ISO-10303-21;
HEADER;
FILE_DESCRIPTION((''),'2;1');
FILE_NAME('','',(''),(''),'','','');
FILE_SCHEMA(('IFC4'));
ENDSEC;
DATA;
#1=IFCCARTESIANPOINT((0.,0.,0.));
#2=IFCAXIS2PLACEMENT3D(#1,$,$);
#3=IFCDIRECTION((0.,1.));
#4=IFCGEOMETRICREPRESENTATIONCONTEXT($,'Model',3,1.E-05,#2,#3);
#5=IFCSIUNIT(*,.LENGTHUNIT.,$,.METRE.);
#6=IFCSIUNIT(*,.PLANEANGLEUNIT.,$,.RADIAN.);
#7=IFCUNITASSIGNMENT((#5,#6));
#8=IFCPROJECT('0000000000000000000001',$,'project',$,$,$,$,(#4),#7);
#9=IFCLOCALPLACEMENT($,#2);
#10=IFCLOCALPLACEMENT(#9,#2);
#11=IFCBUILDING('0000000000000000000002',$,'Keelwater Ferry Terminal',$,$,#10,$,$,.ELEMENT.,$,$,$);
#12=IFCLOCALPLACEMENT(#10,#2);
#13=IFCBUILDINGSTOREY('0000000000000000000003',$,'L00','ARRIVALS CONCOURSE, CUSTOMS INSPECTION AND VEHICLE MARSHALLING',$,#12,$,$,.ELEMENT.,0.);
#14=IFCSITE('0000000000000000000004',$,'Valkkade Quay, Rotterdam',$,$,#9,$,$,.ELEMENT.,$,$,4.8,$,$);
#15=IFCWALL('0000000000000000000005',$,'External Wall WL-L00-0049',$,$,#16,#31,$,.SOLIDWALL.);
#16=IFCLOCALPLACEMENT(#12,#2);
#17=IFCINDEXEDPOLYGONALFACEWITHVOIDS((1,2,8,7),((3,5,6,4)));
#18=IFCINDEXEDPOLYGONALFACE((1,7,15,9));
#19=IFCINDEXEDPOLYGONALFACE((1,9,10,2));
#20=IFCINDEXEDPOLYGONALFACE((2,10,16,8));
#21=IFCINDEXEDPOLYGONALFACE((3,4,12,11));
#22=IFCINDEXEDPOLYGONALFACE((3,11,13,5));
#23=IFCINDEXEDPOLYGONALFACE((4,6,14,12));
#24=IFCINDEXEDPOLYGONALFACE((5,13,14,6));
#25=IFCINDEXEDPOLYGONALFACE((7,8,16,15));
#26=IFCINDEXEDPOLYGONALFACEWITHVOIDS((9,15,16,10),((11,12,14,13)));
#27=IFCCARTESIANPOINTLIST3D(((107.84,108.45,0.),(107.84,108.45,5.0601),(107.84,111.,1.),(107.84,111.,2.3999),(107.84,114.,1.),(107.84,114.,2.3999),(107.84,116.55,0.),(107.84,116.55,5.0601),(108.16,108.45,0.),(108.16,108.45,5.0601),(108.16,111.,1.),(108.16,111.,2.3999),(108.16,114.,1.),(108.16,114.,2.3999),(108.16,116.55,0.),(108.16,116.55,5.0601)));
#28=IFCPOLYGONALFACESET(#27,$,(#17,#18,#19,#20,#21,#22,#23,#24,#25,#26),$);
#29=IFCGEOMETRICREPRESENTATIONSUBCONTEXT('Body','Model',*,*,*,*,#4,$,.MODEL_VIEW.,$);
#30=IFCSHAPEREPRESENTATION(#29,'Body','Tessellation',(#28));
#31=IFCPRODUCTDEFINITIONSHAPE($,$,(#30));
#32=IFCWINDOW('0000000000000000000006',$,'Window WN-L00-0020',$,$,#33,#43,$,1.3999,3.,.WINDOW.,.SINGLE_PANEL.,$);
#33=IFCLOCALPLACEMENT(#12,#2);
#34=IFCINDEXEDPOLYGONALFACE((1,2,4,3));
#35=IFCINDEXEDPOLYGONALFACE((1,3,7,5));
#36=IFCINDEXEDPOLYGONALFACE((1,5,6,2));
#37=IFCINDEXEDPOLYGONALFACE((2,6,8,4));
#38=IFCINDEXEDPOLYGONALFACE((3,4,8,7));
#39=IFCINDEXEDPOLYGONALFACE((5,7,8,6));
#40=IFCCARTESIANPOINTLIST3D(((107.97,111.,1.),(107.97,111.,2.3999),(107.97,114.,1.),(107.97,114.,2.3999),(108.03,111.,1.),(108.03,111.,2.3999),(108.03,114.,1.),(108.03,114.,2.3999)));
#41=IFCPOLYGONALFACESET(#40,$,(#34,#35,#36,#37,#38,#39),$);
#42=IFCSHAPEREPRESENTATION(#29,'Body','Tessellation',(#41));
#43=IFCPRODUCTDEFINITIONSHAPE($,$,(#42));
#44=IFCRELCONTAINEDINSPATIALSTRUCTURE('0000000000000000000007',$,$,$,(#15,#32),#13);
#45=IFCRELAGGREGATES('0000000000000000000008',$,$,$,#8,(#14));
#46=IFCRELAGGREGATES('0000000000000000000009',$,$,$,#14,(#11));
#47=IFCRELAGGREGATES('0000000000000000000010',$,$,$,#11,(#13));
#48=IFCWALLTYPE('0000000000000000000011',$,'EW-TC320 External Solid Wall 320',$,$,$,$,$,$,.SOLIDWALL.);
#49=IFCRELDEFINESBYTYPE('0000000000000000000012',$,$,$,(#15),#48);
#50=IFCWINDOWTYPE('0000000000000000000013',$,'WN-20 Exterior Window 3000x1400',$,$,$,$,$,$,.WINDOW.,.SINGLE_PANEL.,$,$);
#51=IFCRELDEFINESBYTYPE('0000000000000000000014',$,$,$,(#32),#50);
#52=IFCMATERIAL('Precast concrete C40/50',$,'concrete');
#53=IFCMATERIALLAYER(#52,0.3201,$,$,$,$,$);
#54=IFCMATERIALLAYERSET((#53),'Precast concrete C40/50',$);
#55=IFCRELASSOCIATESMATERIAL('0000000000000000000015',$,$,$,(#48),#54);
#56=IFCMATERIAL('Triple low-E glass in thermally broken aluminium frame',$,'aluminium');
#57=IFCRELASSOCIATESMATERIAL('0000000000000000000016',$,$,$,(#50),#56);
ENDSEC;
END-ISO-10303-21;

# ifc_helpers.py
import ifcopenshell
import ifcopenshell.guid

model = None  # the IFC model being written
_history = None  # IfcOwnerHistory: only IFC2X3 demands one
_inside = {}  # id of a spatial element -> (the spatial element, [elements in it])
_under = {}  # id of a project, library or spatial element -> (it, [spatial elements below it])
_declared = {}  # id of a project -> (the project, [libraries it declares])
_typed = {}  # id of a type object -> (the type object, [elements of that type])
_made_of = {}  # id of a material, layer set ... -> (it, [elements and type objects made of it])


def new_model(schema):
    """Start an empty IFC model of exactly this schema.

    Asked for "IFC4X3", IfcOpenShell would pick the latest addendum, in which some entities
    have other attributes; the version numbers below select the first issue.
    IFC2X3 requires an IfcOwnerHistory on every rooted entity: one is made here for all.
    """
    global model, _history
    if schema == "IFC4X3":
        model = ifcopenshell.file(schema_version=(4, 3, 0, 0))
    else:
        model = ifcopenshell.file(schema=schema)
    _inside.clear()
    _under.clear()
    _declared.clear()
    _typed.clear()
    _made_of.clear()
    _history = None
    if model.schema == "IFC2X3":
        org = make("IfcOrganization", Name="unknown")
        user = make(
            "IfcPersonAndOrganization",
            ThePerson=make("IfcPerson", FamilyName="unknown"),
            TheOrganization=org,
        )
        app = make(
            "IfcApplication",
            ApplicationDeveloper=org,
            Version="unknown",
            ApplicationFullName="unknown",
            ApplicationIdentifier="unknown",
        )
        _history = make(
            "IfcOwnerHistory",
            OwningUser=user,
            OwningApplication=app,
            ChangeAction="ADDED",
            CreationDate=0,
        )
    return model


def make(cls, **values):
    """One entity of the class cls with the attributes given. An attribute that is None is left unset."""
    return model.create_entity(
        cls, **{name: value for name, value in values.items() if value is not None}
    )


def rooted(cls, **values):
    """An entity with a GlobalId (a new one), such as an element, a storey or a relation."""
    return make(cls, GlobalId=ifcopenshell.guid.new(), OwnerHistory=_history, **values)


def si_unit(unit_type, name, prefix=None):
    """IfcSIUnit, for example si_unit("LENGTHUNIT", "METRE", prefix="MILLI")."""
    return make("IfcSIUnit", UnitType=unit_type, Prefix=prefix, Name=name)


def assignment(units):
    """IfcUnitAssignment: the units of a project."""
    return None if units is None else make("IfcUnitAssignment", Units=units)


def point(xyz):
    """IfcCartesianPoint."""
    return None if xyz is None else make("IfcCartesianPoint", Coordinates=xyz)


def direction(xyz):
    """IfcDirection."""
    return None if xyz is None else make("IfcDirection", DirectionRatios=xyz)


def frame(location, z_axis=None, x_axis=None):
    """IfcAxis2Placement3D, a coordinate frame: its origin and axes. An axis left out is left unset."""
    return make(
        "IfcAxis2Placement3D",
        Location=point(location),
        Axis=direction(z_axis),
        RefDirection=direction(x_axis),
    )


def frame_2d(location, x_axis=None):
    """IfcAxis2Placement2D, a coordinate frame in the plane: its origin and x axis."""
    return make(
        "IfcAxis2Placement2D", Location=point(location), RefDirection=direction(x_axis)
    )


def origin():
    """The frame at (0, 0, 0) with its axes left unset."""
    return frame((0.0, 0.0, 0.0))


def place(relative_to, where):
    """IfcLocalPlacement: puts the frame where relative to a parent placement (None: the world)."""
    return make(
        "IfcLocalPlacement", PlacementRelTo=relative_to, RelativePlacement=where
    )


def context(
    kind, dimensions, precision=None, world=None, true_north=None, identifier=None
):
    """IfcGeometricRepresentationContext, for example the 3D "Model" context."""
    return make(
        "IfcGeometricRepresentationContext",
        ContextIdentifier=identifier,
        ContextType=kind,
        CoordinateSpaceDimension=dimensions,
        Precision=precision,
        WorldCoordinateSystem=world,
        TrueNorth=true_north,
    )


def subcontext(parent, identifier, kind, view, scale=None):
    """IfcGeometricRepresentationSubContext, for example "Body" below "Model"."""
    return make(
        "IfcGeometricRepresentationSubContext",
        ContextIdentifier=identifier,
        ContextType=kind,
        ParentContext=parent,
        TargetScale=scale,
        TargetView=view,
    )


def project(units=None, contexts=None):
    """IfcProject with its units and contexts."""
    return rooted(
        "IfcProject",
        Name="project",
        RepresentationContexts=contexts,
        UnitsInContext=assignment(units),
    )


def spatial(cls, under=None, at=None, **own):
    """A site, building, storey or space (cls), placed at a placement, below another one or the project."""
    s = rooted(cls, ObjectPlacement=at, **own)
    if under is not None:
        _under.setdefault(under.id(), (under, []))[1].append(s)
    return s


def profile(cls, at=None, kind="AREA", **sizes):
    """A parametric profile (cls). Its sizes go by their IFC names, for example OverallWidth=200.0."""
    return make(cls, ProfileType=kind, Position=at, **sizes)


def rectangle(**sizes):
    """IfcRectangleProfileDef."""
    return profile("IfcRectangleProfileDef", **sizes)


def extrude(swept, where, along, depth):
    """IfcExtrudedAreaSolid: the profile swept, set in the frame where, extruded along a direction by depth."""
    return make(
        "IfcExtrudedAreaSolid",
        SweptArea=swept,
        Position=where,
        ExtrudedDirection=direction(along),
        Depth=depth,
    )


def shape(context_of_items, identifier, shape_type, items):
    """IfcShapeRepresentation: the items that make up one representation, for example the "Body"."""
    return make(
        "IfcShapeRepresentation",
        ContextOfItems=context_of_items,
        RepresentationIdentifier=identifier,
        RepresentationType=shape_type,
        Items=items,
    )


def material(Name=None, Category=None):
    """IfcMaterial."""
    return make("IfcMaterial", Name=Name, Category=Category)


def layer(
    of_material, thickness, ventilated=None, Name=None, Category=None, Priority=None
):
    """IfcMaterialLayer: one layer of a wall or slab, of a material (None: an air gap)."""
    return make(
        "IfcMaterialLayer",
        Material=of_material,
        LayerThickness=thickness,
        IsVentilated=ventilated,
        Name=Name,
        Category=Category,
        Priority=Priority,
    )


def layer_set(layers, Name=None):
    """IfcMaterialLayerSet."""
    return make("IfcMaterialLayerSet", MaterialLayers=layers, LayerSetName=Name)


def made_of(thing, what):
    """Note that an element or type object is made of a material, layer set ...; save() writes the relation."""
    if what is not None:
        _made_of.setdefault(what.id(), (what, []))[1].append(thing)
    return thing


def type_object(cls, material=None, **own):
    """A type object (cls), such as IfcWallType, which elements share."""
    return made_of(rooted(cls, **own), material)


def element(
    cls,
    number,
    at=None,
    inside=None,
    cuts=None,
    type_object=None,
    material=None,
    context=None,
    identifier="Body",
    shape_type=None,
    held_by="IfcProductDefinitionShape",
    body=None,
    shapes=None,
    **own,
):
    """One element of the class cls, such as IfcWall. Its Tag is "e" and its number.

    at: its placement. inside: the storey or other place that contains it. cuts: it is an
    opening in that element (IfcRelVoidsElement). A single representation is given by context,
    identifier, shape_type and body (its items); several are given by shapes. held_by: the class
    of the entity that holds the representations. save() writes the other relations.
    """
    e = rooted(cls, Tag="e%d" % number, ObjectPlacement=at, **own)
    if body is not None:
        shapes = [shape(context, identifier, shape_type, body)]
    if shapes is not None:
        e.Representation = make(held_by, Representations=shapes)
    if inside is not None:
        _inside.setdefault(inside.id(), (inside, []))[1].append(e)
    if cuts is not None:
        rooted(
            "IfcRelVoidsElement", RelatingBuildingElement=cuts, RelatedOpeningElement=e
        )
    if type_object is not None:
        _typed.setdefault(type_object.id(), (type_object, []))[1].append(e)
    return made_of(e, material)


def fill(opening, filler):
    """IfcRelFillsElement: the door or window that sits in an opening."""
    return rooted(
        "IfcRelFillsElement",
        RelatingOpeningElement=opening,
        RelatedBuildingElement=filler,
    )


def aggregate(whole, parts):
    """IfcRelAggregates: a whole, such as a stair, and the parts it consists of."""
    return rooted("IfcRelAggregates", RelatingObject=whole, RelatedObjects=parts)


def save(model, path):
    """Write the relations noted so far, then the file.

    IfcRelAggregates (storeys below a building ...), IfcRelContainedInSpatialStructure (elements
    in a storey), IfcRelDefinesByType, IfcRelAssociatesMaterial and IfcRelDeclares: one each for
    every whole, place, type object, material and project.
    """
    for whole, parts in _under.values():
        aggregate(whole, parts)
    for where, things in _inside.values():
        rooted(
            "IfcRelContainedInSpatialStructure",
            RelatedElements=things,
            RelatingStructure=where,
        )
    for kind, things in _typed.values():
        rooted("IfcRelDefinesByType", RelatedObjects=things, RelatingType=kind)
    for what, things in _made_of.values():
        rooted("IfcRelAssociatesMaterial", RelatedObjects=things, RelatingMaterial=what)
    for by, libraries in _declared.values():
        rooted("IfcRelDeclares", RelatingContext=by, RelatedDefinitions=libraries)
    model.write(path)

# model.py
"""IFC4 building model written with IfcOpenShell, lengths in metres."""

from ifc_helpers import new_model, si_unit, direction, frame, frame_2d, origin, place, context, subcontext, project, spatial, rectangle, extrude, material, layer, layer_set, type_object, element, fill, save


model = new_model("IFC4")

# Units and contexts
model_context = context("Model", 3, precision=1e-05, world=origin(), true_north=direction((0.0, 1.0)))
body_context = subcontext(model_context, "Body", "Model", "MODEL_VIEW")
ifc_project = project(units=[si_unit("LENGTHUNIT", "METRE"), si_unit("PLANEANGLEUNIT", "RADIAN")], contexts=[model_context])

# Site, building, storey
site_placement = place(None, origin())
site = spatial("IfcSite", under=ifc_project, at=site_placement, Name="Valkkade Quay, Rotterdam", CompositionType="ELEMENT", RefElevation=4.8)
building_placement = place(site_placement, origin())
building = spatial("IfcBuilding", under=site, at=building_placement, Name="Keelwater Ferry Terminal", CompositionType="ELEMENT")
storey_placement = place(building_placement, origin())
storey = spatial("IfcBuildingStorey", under=building, at=storey_placement, Name="L00", Description="ARRIVALS CONCOURSE, CUSTOMS INSPECTION AND VEHICLE MARSHALLING", CompositionType="ELEMENT", Elevation=0.0)

# Wall, opening, window
ifc_material_1 = material(Name="Precast concrete C40/50", Category="concrete")
ifc_layer_1 = layer(ifc_material_1, 0.3201)
ifc_layer_set_1 = layer_set([ifc_layer_1], Name="Precast concrete C40/50")
wall_type = type_object("IfcWallType", Name="EW-TC320 External Solid Wall 320", PredefinedType="SOLIDWALL", material=ifc_layer_set_1)
wall_1_placement = place(storey_placement, frame((108.0, 108.45, 0.0), z_axis=(0.0, 0.0, 1.0), x_axis=(0.0, 1.0, 0.0)))
wall_1 = element("IfcWall", 1, at=wall_1_placement, inside=storey, type_object=wall_type, Name="External Wall WL-L00-0049", PredefinedType="SOLIDWALL", context=body_context, shape_type="SweptSolid", body=[
    extrude(rectangle(XDim=8.1001, YDim=0.3201, at=frame_2d((4.05, 0.0))), origin(), (0.0, 0.0, 1.0), 5.0601),
])
opening_1_placement = place(wall_1_placement, frame((2.55, 0.0, 1.0)))
opening_1 = element("IfcOpeningElement", 2, at=opening_1_placement, cuts=wall_1, PredefinedType="OPENING", context=body_context, shape_type="SweptSolid", body=[
    extrude(rectangle(XDim=3.0, YDim=1.3999, at=frame_2d((1.5, 0.7))), frame((0.0, 0.1702, 0.0), z_axis=(0.0, -1.0, 0.0), x_axis=(1.0, 0.0, 0.0)), (0.0, 0.0, 1.0), 0.3401),
])
ifc_material_2 = material(Name="Triple low-E glass in thermally broken aluminium frame", Category="aluminium")
window_type_1 = type_object("IfcWindowType", Name="WN-20 Exterior Window 3000x1400", PartitioningType="SINGLE_PANEL", PredefinedType="WINDOW", material=ifc_material_2)
window_1_placement = place(opening_1_placement, origin())
window_1 = element("IfcWindow", 3, at=window_1_placement, inside=storey, type_object=window_type_1, Name="Window WN-L00-0020", OverallHeight=1.3999, OverallWidth=3.0, PartitioningType="SINGLE_PANEL", PredefinedType="WINDOW", context=body_context, shape_type="SweptSolid", body=[
    extrude(rectangle(XDim=3.0, YDim=1.3999, at=frame_2d((1.5, 0.7))), frame((0.0, 0.03, 0.0), z_axis=(0.0, -1.0, 0.0), x_axis=(1.0, 0.0, 0.0)), (0.0, 0.0, 1.0), 0.0601),
])
fill(opening_1, window_1)

save(model, "model.ifc")
